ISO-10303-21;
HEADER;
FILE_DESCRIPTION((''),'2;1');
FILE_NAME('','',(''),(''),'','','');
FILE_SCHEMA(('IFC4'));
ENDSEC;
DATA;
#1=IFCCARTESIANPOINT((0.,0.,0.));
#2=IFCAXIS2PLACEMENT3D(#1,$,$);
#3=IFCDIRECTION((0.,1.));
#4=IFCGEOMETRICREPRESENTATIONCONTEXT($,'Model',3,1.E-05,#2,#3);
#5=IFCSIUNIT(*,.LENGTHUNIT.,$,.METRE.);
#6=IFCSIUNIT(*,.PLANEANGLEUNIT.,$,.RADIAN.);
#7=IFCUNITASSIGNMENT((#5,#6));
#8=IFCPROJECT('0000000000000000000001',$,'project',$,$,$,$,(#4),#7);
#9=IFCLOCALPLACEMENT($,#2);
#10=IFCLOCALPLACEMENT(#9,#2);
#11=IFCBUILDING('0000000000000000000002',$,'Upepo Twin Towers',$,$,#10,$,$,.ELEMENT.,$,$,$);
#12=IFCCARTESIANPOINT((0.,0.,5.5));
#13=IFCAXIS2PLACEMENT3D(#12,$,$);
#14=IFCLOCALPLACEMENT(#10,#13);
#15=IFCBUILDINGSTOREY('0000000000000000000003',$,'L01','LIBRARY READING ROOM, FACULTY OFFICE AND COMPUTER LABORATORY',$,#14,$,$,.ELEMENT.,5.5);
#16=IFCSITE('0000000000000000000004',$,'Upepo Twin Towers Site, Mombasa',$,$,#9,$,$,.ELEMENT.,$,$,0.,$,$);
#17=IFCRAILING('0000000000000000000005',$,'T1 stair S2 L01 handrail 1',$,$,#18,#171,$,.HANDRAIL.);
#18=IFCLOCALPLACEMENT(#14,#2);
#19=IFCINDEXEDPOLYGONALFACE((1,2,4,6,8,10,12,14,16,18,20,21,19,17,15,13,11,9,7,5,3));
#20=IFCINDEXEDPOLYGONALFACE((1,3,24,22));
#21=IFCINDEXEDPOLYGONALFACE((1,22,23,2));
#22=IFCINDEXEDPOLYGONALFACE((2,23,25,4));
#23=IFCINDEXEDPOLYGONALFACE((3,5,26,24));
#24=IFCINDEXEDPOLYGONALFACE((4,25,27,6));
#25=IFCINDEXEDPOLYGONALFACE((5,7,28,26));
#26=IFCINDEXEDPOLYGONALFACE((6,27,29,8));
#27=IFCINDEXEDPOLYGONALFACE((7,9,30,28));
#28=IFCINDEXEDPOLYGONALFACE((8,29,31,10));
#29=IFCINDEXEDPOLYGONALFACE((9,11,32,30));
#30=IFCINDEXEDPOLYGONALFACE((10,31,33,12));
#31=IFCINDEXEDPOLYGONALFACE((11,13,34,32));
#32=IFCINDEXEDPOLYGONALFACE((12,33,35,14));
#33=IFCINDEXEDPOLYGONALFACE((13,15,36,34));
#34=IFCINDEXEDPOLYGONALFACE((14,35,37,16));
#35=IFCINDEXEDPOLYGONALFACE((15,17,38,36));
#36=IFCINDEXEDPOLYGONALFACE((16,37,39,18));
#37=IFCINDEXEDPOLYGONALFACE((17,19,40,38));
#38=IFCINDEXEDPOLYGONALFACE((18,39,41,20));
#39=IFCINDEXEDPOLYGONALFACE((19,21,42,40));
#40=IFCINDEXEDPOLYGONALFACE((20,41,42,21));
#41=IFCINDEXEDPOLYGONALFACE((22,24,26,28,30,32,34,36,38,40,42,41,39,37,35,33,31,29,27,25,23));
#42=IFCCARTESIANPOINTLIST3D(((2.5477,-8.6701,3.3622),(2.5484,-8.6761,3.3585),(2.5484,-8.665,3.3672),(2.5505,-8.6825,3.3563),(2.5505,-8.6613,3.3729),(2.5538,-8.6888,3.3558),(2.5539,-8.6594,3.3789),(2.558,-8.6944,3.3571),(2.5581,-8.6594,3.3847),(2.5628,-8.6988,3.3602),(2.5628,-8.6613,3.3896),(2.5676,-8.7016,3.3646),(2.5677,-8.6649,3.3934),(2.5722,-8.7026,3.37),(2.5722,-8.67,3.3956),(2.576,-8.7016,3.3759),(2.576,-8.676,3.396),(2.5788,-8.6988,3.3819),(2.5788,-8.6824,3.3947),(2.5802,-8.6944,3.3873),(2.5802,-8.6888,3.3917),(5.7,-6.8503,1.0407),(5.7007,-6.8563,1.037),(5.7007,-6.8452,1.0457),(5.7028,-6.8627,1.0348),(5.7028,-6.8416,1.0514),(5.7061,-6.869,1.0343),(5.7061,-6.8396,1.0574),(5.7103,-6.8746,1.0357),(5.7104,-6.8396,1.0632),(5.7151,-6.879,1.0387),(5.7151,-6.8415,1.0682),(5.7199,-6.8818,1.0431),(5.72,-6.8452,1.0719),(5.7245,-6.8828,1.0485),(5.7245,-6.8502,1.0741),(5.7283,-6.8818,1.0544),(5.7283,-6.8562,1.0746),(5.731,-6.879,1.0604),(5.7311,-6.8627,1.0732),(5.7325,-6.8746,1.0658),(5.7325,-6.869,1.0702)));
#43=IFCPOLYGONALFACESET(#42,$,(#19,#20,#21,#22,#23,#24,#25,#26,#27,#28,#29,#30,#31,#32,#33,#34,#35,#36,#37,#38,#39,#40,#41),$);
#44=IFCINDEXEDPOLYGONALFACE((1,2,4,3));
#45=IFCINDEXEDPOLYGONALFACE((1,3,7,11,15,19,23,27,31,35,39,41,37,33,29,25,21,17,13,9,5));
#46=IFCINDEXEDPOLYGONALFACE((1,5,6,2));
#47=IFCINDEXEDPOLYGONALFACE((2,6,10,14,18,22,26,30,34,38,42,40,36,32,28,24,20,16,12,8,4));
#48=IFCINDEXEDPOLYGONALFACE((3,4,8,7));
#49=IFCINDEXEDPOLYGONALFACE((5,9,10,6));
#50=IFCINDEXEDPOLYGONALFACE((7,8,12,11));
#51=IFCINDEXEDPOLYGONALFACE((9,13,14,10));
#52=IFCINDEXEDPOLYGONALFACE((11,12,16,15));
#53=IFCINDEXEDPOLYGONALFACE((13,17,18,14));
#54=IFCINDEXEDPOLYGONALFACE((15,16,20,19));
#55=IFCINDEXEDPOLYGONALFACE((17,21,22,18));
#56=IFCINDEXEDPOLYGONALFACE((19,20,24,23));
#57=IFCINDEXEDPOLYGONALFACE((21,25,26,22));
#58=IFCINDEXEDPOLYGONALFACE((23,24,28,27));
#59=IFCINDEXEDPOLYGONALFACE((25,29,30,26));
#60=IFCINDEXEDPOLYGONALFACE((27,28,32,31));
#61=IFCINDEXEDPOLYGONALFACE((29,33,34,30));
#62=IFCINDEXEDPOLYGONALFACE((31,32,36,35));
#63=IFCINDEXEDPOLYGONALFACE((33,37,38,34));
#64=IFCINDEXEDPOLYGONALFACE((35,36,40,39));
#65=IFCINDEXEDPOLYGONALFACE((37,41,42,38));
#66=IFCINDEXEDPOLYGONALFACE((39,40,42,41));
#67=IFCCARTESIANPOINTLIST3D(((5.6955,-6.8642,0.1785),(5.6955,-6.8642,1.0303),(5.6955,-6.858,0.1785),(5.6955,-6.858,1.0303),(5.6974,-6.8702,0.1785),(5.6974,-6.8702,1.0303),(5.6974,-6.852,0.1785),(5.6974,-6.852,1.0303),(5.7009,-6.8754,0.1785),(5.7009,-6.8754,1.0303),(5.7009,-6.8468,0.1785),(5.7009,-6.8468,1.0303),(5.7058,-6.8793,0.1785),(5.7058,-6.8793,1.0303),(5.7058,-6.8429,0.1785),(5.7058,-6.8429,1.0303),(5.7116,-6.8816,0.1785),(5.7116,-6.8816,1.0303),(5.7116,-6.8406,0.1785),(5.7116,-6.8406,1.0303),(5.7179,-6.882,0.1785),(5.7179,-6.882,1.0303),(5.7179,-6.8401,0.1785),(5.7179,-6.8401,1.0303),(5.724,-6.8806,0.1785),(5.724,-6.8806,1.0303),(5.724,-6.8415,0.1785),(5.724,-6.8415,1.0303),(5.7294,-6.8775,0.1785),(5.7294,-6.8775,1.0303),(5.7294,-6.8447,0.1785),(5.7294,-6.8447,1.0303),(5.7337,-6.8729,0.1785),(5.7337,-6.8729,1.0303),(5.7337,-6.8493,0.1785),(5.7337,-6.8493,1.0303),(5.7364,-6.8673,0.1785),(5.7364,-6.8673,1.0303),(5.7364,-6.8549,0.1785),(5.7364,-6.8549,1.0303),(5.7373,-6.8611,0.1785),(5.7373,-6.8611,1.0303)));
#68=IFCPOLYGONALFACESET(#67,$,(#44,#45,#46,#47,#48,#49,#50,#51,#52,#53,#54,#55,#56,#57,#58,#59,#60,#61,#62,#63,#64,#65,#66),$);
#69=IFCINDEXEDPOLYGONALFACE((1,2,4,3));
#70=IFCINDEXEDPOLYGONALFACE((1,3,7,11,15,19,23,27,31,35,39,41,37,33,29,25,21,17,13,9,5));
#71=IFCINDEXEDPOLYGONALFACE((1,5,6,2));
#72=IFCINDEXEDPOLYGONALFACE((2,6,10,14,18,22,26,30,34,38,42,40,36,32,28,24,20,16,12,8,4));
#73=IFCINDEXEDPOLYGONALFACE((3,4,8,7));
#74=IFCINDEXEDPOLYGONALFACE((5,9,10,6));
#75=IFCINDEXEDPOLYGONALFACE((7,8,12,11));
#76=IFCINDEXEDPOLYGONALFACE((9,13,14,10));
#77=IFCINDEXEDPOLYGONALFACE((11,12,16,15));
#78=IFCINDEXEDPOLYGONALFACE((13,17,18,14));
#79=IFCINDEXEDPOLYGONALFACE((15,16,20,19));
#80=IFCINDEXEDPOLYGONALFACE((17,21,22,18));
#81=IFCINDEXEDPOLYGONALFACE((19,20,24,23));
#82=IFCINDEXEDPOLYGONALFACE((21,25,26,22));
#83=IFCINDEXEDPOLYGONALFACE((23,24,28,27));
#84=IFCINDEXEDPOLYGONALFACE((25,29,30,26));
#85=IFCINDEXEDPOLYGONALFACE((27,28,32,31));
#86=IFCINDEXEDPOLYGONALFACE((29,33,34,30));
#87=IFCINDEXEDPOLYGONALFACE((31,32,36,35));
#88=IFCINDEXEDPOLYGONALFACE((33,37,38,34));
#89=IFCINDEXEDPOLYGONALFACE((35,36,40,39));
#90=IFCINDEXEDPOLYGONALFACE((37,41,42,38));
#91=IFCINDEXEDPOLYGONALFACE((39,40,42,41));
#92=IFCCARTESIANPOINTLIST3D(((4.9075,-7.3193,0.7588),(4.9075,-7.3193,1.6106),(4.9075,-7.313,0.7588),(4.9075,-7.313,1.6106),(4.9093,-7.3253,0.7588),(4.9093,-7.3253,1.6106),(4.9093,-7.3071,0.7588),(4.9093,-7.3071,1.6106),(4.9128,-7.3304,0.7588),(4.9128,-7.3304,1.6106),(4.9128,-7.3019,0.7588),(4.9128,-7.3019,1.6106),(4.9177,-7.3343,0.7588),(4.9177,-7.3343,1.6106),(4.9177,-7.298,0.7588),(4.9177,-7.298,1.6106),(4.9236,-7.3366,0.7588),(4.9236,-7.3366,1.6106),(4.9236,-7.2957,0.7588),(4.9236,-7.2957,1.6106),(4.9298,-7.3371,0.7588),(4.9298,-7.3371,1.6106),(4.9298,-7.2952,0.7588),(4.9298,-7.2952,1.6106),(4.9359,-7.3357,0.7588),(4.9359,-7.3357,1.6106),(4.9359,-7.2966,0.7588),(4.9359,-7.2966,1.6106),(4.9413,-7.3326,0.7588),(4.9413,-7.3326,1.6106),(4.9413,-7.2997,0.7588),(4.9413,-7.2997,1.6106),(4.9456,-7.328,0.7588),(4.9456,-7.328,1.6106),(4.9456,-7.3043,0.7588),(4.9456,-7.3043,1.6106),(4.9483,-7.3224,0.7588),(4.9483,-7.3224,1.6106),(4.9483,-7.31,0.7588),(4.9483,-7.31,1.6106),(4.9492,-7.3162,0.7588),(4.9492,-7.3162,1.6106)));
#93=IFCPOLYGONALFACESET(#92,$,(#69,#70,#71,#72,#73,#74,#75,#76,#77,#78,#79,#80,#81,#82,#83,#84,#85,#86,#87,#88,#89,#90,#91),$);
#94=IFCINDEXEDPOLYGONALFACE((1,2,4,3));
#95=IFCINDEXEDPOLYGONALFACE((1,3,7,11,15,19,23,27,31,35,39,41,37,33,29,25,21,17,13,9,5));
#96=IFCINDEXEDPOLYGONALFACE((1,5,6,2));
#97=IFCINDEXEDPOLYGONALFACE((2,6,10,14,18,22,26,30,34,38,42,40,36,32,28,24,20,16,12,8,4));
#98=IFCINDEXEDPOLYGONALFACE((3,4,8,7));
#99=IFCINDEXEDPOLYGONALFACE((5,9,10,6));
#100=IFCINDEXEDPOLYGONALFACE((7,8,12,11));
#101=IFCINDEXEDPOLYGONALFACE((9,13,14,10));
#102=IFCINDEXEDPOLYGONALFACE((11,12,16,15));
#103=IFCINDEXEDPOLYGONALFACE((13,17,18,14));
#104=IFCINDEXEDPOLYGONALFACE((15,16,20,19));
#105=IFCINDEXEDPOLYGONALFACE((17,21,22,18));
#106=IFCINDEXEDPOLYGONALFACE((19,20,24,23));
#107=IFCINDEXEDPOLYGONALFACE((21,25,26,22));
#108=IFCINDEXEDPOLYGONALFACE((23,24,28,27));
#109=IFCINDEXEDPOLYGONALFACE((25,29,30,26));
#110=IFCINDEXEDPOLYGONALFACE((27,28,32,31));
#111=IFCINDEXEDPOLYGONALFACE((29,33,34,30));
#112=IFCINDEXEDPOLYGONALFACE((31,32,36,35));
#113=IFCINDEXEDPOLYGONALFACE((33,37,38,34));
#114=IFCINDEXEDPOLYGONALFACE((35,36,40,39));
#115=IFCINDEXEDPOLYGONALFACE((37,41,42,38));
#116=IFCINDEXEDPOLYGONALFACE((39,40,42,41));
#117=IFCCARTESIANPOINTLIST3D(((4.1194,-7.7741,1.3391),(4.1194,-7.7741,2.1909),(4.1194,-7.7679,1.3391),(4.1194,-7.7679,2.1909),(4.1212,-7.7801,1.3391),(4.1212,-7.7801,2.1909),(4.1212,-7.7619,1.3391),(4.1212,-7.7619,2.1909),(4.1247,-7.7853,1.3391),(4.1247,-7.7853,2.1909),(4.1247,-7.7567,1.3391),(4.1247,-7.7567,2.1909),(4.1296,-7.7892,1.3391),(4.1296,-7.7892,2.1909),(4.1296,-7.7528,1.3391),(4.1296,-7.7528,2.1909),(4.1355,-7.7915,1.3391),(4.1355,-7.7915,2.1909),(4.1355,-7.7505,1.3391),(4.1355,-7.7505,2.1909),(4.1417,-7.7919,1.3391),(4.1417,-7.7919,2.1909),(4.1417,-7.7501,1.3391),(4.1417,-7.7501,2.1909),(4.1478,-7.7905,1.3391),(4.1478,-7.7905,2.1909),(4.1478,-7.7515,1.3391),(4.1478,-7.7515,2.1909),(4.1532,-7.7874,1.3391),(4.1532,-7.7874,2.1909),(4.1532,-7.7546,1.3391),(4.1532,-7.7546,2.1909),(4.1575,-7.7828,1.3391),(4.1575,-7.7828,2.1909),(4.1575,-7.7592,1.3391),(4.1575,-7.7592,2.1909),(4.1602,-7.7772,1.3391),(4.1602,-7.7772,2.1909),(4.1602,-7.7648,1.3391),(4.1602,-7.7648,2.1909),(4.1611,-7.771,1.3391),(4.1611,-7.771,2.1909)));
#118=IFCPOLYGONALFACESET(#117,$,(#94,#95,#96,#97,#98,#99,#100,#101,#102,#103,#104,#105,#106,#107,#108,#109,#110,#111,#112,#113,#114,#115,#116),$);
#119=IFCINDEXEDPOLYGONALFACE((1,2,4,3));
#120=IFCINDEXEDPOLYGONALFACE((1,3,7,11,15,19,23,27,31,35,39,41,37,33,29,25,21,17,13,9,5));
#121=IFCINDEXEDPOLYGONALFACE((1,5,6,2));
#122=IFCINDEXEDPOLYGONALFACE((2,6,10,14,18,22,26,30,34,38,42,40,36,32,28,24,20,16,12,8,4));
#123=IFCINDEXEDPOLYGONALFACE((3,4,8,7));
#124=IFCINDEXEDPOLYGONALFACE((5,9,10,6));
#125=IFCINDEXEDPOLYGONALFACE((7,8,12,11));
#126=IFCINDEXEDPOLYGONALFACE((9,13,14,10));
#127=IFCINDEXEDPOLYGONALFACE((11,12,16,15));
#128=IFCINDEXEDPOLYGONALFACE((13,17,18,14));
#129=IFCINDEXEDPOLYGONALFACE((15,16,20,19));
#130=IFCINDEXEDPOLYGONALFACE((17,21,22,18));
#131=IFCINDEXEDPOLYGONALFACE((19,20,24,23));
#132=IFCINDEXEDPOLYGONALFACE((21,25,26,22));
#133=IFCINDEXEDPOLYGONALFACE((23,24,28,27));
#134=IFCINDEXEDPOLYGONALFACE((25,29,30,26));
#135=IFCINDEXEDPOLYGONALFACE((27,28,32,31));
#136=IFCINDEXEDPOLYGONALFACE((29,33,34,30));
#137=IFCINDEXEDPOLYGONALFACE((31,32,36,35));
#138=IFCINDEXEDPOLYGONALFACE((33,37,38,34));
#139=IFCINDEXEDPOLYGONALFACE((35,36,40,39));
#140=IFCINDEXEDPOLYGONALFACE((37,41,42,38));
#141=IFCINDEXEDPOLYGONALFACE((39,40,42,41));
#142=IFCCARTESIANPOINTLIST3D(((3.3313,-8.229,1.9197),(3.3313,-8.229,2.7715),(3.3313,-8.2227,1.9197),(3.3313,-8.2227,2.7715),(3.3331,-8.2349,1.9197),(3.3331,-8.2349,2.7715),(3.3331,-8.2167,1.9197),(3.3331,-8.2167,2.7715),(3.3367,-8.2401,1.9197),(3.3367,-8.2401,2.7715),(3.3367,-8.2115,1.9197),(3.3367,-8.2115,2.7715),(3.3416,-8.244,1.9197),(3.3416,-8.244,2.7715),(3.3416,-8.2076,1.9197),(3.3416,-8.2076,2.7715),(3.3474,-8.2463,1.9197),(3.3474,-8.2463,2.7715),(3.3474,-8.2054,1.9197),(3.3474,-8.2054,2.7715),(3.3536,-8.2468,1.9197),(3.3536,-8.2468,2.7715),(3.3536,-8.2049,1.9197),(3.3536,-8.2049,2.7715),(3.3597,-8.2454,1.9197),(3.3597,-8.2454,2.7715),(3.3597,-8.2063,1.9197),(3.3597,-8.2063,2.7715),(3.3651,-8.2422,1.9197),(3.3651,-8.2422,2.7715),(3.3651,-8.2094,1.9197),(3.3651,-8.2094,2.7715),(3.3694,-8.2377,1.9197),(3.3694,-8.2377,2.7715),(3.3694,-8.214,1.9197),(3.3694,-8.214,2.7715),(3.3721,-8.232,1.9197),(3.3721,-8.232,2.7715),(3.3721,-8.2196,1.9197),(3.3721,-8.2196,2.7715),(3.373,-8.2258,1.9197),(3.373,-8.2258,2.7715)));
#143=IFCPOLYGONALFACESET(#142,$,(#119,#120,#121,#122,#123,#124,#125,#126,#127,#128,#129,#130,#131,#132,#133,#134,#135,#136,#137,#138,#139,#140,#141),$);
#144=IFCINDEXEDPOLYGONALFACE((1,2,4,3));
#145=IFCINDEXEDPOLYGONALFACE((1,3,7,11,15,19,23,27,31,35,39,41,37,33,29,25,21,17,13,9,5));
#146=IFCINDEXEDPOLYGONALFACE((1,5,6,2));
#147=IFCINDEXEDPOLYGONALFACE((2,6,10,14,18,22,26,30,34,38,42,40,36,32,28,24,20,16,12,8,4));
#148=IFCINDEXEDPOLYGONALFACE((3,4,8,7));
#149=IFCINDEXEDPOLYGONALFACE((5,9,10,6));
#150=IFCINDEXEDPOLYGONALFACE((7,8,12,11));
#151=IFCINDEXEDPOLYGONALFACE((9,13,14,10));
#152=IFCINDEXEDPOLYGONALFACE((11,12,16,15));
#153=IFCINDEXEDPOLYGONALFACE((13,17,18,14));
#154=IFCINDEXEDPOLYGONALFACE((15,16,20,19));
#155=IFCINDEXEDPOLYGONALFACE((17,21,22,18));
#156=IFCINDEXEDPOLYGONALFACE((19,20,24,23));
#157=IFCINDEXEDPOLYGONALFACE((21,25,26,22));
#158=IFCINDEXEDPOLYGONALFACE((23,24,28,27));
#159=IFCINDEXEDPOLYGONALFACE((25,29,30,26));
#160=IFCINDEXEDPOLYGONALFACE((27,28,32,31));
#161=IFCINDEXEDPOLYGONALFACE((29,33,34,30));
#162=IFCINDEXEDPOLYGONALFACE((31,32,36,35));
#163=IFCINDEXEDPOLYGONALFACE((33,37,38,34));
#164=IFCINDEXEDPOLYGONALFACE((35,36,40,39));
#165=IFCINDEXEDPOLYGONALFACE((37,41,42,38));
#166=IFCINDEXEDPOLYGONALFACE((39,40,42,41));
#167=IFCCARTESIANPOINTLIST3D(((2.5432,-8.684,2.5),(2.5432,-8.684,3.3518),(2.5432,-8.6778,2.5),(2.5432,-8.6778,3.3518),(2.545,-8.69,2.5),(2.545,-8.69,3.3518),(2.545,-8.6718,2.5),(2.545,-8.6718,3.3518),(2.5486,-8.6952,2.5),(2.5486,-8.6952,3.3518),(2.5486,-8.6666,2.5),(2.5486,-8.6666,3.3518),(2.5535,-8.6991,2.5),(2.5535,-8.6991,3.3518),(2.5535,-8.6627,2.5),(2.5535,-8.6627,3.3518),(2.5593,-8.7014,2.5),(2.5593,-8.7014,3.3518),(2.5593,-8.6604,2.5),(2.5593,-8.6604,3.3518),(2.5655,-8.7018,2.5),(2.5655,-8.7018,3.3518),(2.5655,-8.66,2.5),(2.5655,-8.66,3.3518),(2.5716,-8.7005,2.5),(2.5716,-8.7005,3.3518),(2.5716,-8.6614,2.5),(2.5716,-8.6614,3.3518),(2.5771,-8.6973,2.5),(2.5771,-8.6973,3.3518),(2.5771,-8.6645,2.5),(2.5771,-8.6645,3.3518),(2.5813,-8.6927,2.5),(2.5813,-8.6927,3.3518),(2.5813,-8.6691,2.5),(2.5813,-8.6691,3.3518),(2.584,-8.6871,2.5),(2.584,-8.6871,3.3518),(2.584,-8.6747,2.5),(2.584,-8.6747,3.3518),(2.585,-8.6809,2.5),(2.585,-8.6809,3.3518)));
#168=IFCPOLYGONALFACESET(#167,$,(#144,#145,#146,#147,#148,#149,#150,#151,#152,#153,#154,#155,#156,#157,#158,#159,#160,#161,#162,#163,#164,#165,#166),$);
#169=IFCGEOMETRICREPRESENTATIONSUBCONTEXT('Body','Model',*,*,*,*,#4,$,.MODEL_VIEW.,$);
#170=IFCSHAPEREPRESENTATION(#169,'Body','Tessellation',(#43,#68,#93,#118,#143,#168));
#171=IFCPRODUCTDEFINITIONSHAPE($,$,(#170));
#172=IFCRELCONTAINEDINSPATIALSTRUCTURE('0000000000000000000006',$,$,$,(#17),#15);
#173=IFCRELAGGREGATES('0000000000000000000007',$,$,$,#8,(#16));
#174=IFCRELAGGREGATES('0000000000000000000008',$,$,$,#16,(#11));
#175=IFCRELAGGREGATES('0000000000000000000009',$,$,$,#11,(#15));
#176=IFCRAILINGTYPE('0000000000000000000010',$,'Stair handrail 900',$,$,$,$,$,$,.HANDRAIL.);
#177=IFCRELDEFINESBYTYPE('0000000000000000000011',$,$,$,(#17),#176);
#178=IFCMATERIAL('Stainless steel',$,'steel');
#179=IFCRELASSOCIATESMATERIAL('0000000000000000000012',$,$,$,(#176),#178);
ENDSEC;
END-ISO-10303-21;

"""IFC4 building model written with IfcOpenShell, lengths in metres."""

from ifc_helpers import new_model, si_unit, direction, frame, origin, origin_2d, place, context, subcontext, project, spatial, circle, extrude, material, type_object, element, save


model = new_model("IFC4")

# Units and contexts
model_context = context("Model", 3, precision=1e-05, world=origin(), true_north=direction((0.0, 1.0)))
body_context = subcontext(model_context, "Body", "Model", "MODEL_VIEW")
ifc_project = project(units=[si_unit("LENGTHUNIT", "METRE"), si_unit("PLANEANGLEUNIT", "RADIAN")], contexts=[model_context])

# Site, building, storey
site_placement = place(None, origin())
site = spatial("IfcSite", under=ifc_project, at=site_placement, Name="Upepo Twin Towers Site, Mombasa", CompositionType="ELEMENT", RefElevation=0.0)
building_placement = place(site_placement, origin())
building = spatial("IfcBuilding", under=site, at=building_placement, Name="Upepo Twin Towers", CompositionType="ELEMENT")
storey_placement = place(building_placement, frame((0.0, 0.0, 5.5)))
storey = spatial("IfcBuildingStorey", under=building, at=storey_placement, Name="L01", Description="LIBRARY READING ROOM, FACULTY OFFICE AND COMPUTER LABORATORY", CompositionType="ELEMENT", Elevation=5.5)

# Railing
ifc_material_1 = material(Name="Stainless steel", Category="steel")
railing_type = type_object("IfcRailingType", Name="Stair handrail 900", PredefinedType="HANDRAIL", material=ifc_material_1)
railing_1_placement = place(storey_placement, frame((5.7163, -6.8611, 0.1785)))
element("IfcRailing", 1, at=railing_1_placement, inside=storey, type_object=railing_type, Name="T1 stair S2 L01 handrail 1", PredefinedType="HANDRAIL", context=body_context, shape_type="SweptSolid", body=[
    extrude(circle(Radius=0.0239, at=origin_2d()), frame((0.0, 0.0, 0.876), z_axis=(-0.730176, -0.421525, 0.537736), x_axis=(0.499962, -0.866047, 0.0)), (0.0, 0.0, 1.0), 4.3171),
    extrude(circle(Radius=0.021, at=origin_2d()), origin(), (0.0, 0.0, 1.0), 0.8518),
    extrude(circle(Radius=0.021, at=origin_2d()), frame((-0.7881, -0.4551, 0.5803)), (0.0, 0.0, 1.0), 0.8518),
    extrude(circle(Radius=0.021, at=origin_2d()), frame((-1.5762, -0.9099, 1.1606)), (0.0, 0.0, 1.0), 0.8518),
    extrude(circle(Radius=0.021, at=origin_2d()), frame((-2.3643, -1.3647, 1.7412)), (0.0, 0.0, 1.0), 0.8518),
    extrude(circle(Radius=0.021, at=origin_2d()), frame((-3.1523, -1.8198, 2.3215)), (0.0, 0.0, 1.0), 0.8518),
])

save(model, "model.ifc")
